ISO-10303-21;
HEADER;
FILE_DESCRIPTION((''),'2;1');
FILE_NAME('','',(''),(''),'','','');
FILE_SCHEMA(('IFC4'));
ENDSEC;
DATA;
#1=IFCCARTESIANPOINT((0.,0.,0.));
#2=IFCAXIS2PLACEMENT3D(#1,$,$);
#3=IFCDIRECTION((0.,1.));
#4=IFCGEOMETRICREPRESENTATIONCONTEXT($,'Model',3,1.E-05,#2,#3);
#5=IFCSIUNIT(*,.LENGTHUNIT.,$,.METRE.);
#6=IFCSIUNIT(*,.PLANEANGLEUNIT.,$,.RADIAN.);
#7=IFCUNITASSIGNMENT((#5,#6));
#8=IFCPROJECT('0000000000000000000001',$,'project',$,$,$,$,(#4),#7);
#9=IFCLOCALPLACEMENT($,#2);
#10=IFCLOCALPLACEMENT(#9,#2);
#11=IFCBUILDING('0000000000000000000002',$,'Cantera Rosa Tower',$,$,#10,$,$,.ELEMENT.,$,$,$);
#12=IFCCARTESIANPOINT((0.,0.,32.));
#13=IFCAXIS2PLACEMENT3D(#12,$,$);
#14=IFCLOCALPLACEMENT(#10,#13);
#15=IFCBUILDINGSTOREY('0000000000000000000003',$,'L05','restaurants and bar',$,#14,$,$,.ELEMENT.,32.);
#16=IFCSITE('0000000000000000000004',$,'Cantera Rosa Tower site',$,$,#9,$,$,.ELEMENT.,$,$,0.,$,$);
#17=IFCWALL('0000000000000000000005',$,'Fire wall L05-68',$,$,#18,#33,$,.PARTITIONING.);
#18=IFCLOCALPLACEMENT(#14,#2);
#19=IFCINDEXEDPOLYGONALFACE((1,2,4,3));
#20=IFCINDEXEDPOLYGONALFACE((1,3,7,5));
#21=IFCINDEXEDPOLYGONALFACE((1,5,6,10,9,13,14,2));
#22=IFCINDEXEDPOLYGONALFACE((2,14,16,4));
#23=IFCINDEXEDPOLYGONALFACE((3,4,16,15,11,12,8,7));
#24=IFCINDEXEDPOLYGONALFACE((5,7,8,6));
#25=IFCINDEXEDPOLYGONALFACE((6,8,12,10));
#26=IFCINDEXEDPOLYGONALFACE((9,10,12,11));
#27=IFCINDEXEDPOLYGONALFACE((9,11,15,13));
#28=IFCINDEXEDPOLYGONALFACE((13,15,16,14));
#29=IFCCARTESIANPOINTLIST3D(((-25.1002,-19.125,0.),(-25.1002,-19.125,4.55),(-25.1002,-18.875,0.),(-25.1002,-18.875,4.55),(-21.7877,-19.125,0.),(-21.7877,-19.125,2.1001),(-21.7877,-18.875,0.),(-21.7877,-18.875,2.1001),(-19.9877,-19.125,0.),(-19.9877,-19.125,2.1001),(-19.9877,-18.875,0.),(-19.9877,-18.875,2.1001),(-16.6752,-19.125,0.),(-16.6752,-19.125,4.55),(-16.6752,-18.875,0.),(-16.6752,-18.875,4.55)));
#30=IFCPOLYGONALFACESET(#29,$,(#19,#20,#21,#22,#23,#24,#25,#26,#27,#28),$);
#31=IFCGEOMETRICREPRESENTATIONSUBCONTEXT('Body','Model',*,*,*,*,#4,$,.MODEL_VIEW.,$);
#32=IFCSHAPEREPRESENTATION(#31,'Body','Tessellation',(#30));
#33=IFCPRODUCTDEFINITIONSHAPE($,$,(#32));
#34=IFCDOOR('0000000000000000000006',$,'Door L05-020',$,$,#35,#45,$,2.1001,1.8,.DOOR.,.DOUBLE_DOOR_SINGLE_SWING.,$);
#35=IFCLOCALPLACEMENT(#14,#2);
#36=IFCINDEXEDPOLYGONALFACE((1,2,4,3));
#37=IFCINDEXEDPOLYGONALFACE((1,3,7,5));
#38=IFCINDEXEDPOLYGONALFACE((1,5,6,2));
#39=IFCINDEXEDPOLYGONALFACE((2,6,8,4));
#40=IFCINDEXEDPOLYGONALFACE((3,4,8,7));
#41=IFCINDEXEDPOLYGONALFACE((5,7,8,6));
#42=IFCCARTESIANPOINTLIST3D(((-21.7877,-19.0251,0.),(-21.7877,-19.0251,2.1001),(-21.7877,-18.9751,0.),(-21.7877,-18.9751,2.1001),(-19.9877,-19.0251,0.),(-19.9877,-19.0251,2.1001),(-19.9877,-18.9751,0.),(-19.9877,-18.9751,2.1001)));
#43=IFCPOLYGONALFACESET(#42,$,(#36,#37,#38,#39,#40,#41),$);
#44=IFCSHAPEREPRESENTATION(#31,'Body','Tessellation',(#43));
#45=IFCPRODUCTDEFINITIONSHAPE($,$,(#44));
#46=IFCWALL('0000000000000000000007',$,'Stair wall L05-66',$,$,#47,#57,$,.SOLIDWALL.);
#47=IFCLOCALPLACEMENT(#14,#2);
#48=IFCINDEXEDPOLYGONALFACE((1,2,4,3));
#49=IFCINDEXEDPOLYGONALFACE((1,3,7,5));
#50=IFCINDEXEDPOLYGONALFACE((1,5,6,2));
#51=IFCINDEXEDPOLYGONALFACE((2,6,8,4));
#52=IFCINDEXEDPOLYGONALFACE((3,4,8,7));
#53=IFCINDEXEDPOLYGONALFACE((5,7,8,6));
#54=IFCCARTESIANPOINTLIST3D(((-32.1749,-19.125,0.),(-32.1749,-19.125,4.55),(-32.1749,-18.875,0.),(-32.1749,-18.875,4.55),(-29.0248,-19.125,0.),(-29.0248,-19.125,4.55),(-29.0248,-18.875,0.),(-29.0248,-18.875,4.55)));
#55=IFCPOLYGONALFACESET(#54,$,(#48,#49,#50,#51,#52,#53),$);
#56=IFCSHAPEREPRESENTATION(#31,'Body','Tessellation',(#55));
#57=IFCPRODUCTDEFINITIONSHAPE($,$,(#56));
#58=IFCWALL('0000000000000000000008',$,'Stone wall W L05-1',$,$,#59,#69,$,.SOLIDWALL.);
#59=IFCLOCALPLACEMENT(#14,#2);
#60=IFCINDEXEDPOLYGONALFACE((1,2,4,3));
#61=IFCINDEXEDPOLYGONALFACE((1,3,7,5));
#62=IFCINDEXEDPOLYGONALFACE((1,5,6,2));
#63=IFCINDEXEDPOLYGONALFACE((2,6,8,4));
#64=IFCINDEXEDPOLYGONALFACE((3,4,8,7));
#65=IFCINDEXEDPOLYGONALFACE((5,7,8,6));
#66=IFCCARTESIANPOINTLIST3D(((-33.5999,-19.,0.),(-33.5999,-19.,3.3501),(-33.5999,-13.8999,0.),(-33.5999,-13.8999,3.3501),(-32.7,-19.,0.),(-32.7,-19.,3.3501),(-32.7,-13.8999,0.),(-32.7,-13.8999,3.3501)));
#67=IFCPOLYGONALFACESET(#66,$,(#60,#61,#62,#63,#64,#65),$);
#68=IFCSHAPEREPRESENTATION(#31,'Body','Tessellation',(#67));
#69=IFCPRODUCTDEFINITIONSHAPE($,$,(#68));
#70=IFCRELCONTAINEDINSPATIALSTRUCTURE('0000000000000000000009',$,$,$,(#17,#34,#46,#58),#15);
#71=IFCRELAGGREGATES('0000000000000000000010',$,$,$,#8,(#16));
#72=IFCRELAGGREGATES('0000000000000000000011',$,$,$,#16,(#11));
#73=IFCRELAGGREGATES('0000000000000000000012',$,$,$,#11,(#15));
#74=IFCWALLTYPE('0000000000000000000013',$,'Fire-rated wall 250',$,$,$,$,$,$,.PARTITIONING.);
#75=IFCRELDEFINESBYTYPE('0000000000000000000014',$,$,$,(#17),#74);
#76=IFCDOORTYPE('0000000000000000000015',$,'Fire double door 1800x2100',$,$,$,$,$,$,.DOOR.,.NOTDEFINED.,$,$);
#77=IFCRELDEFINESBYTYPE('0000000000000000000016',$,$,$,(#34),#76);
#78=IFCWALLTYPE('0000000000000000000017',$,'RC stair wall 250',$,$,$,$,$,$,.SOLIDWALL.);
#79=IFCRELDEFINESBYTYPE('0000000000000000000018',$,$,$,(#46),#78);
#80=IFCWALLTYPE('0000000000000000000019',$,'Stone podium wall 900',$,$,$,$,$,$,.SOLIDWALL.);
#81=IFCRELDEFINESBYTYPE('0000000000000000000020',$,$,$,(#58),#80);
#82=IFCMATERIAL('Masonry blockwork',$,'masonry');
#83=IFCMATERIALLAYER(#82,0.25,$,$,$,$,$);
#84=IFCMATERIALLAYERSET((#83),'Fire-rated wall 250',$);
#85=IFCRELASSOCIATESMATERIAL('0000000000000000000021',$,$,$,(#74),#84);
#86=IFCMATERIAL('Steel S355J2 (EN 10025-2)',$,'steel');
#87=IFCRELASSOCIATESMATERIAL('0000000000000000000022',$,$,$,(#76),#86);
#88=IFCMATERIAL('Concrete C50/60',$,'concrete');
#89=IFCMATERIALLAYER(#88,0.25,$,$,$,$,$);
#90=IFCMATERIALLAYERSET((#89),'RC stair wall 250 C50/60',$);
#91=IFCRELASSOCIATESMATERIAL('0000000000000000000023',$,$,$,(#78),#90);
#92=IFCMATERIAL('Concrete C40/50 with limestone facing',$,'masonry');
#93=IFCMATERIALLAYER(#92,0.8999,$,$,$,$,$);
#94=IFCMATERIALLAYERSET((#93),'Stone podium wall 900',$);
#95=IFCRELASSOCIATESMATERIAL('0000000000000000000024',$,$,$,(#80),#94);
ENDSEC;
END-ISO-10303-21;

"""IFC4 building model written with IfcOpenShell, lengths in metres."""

from ifc_helpers import new_model, si_unit, direction, frame, frame_2d, origin, place, context, subcontext, project, spatial, rectangle, extrude, material, layer, layer_set, type_object, element, fill, save


model = new_model("IFC4")

# Units and contexts
model_context = context("Model", 3, precision=1e-05, world=origin(), true_north=direction((0.0, 1.0)))
body_context = subcontext(model_context, "Body", "Model", "MODEL_VIEW")
ifc_project = project(units=[si_unit("LENGTHUNIT", "METRE"), si_unit("PLANEANGLEUNIT", "RADIAN")], contexts=[model_context])

# Site, building, storey
site_placement = place(None, origin())
site = spatial("IfcSite", under=ifc_project, at=site_placement, Name="Cantera Rosa Tower site", CompositionType="ELEMENT", RefElevation=0.0)
building_placement = place(site_placement, origin())
building = spatial("IfcBuilding", under=site, at=building_placement, Name="Cantera Rosa Tower", CompositionType="ELEMENT")
storey_placement = place(building_placement, frame((0.0, 0.0, 32.0)))
storey = spatial("IfcBuildingStorey", under=building, at=storey_placement, Name="L05", Description="restaurants and bar", CompositionType="ELEMENT", Elevation=32.0)

# Shared definitions
ifc_material_1 = material(Name="Masonry blockwork", Category="masonry")
ifc_layer_1 = layer(ifc_material_1, 0.25)
ifc_layer_set_1 = layer_set([ifc_layer_1], Name="Fire-rated wall 250")
wall_type_1 = type_object("IfcWallType", Name="Fire-rated wall 250", PredefinedType="PARTITIONING", material=ifc_layer_set_1)

# Wall, opening, door
wall_1_placement = place(storey_placement, frame((-25.1001, -19.0, 0.0), z_axis=(0.0, 0.0, 1.0), x_axis=(1.0, 0.0, 0.0)))
wall_1 = element("IfcWall", 1, at=wall_1_placement, inside=storey, type_object=wall_type_1, Name="Fire wall L05-68", PredefinedType="PARTITIONING", context=body_context, shape_type="SweptSolid", body=[
    extrude(rectangle(XDim=8.425, YDim=0.25, at=frame_2d((4.2124, 0.0))), origin(), (0.0, 0.0, 1.0), 4.55),
])
opening_1_placement = place(wall_1_placement, frame((3.3125, 0.0, 0.0)))
opening_1 = element("IfcOpeningElement", 2, at=opening_1_placement, cuts=wall_1, PredefinedType="OPENING", context=body_context, shape_type="SweptSolid", body=[
    extrude(rectangle(XDim=1.8, YDim=2.1001, at=frame_2d((0.8999, 1.05))), frame((0.0, 0.135, 0.0), z_axis=(0.0, -1.0, 0.0), x_axis=(1.0, 0.0, 0.0)), (0.0, 0.0, 1.0), 0.27),
])
ifc_material_2 = material(Name="Steel S355J2 (EN 10025-2)", Category="steel")
door_type_1 = type_object("IfcDoorType", Name="Fire double door 1800x2100", OperationType="NOTDEFINED", PredefinedType="DOOR", material=ifc_material_2)
door_1_placement = place(opening_1_placement, origin())
door_1 = element("IfcDoor", 3, at=door_1_placement, inside=storey, type_object=door_type_1, Name="Door L05-020", OperationType="DOUBLE_DOOR_SINGLE_SWING", OverallHeight=2.1001, OverallWidth=1.8, PredefinedType="DOOR", context=body_context, shape_type="SweptSolid", body=[
    extrude(rectangle(XDim=1.8, YDim=2.1001, at=frame_2d((0.8999, 1.05))), frame((0.0, 0.0249, 0.0), z_axis=(0.0, -1.0, 0.0), x_axis=(1.0, 0.0, 0.0)), (0.0, 0.0, 1.0), 0.05),
])
fill(opening_1, door_1)

# Walls
ifc_material_3 = material(Name="Concrete C50/60", Category="concrete")
ifc_layer_2 = layer(ifc_material_3, 0.25)
ifc_layer_set_2 = layer_set([ifc_layer_2], Name="RC stair wall 250 C50/60")
wall_type_2 = type_object("IfcWallType", Name="RC stair wall 250", PredefinedType="SOLIDWALL", material=ifc_layer_set_2)
wall_2_placement = place(storey_placement, frame((-32.175, -19.0, 0.0), z_axis=(0.0, 0.0, 1.0), x_axis=(1.0, 0.0, 0.0)))
element("IfcWall", 4, at=wall_2_placement, inside=storey, type_object=wall_type_2, Name="Stair wall L05-66", PredefinedType="SOLIDWALL", context=body_context, shape_type="SweptSolid", body=[
    extrude(rectangle(XDim=3.1501, YDim=0.25, at=frame_2d((1.5752, 0.0))), origin(), (0.0, 0.0, 1.0), 4.55),
])
ifc_material_4 = material(Name="Concrete C40/50 with limestone facing", Category="masonry")
ifc_layer_3 = layer(ifc_material_4, 0.8999)
ifc_layer_set_3 = layer_set([ifc_layer_3], Name="Stone podium wall 900")
wall_type_3 = type_object("IfcWallType", Name="Stone podium wall 900", PredefinedType="SOLIDWALL", material=ifc_layer_set_3)
wall_3_placement = place(storey_placement, frame((-33.1499, -13.8999, 0.0), z_axis=(0.0, 0.0, 1.0), x_axis=(0.0, -1.0, 0.0)))
element("IfcWall", 5, at=wall_3_placement, inside=storey, type_object=wall_type_3, Name="Stone wall W L05-1", PredefinedType="SOLIDWALL", context=body_context, shape_type="SweptSolid", body=[
    extrude(rectangle(XDim=5.1001, YDim=0.8999, at=frame_2d((2.55, 0.0))), origin(), (0.0, 0.0, 1.0), 3.3501),
])

save(model, "model.ifc")
